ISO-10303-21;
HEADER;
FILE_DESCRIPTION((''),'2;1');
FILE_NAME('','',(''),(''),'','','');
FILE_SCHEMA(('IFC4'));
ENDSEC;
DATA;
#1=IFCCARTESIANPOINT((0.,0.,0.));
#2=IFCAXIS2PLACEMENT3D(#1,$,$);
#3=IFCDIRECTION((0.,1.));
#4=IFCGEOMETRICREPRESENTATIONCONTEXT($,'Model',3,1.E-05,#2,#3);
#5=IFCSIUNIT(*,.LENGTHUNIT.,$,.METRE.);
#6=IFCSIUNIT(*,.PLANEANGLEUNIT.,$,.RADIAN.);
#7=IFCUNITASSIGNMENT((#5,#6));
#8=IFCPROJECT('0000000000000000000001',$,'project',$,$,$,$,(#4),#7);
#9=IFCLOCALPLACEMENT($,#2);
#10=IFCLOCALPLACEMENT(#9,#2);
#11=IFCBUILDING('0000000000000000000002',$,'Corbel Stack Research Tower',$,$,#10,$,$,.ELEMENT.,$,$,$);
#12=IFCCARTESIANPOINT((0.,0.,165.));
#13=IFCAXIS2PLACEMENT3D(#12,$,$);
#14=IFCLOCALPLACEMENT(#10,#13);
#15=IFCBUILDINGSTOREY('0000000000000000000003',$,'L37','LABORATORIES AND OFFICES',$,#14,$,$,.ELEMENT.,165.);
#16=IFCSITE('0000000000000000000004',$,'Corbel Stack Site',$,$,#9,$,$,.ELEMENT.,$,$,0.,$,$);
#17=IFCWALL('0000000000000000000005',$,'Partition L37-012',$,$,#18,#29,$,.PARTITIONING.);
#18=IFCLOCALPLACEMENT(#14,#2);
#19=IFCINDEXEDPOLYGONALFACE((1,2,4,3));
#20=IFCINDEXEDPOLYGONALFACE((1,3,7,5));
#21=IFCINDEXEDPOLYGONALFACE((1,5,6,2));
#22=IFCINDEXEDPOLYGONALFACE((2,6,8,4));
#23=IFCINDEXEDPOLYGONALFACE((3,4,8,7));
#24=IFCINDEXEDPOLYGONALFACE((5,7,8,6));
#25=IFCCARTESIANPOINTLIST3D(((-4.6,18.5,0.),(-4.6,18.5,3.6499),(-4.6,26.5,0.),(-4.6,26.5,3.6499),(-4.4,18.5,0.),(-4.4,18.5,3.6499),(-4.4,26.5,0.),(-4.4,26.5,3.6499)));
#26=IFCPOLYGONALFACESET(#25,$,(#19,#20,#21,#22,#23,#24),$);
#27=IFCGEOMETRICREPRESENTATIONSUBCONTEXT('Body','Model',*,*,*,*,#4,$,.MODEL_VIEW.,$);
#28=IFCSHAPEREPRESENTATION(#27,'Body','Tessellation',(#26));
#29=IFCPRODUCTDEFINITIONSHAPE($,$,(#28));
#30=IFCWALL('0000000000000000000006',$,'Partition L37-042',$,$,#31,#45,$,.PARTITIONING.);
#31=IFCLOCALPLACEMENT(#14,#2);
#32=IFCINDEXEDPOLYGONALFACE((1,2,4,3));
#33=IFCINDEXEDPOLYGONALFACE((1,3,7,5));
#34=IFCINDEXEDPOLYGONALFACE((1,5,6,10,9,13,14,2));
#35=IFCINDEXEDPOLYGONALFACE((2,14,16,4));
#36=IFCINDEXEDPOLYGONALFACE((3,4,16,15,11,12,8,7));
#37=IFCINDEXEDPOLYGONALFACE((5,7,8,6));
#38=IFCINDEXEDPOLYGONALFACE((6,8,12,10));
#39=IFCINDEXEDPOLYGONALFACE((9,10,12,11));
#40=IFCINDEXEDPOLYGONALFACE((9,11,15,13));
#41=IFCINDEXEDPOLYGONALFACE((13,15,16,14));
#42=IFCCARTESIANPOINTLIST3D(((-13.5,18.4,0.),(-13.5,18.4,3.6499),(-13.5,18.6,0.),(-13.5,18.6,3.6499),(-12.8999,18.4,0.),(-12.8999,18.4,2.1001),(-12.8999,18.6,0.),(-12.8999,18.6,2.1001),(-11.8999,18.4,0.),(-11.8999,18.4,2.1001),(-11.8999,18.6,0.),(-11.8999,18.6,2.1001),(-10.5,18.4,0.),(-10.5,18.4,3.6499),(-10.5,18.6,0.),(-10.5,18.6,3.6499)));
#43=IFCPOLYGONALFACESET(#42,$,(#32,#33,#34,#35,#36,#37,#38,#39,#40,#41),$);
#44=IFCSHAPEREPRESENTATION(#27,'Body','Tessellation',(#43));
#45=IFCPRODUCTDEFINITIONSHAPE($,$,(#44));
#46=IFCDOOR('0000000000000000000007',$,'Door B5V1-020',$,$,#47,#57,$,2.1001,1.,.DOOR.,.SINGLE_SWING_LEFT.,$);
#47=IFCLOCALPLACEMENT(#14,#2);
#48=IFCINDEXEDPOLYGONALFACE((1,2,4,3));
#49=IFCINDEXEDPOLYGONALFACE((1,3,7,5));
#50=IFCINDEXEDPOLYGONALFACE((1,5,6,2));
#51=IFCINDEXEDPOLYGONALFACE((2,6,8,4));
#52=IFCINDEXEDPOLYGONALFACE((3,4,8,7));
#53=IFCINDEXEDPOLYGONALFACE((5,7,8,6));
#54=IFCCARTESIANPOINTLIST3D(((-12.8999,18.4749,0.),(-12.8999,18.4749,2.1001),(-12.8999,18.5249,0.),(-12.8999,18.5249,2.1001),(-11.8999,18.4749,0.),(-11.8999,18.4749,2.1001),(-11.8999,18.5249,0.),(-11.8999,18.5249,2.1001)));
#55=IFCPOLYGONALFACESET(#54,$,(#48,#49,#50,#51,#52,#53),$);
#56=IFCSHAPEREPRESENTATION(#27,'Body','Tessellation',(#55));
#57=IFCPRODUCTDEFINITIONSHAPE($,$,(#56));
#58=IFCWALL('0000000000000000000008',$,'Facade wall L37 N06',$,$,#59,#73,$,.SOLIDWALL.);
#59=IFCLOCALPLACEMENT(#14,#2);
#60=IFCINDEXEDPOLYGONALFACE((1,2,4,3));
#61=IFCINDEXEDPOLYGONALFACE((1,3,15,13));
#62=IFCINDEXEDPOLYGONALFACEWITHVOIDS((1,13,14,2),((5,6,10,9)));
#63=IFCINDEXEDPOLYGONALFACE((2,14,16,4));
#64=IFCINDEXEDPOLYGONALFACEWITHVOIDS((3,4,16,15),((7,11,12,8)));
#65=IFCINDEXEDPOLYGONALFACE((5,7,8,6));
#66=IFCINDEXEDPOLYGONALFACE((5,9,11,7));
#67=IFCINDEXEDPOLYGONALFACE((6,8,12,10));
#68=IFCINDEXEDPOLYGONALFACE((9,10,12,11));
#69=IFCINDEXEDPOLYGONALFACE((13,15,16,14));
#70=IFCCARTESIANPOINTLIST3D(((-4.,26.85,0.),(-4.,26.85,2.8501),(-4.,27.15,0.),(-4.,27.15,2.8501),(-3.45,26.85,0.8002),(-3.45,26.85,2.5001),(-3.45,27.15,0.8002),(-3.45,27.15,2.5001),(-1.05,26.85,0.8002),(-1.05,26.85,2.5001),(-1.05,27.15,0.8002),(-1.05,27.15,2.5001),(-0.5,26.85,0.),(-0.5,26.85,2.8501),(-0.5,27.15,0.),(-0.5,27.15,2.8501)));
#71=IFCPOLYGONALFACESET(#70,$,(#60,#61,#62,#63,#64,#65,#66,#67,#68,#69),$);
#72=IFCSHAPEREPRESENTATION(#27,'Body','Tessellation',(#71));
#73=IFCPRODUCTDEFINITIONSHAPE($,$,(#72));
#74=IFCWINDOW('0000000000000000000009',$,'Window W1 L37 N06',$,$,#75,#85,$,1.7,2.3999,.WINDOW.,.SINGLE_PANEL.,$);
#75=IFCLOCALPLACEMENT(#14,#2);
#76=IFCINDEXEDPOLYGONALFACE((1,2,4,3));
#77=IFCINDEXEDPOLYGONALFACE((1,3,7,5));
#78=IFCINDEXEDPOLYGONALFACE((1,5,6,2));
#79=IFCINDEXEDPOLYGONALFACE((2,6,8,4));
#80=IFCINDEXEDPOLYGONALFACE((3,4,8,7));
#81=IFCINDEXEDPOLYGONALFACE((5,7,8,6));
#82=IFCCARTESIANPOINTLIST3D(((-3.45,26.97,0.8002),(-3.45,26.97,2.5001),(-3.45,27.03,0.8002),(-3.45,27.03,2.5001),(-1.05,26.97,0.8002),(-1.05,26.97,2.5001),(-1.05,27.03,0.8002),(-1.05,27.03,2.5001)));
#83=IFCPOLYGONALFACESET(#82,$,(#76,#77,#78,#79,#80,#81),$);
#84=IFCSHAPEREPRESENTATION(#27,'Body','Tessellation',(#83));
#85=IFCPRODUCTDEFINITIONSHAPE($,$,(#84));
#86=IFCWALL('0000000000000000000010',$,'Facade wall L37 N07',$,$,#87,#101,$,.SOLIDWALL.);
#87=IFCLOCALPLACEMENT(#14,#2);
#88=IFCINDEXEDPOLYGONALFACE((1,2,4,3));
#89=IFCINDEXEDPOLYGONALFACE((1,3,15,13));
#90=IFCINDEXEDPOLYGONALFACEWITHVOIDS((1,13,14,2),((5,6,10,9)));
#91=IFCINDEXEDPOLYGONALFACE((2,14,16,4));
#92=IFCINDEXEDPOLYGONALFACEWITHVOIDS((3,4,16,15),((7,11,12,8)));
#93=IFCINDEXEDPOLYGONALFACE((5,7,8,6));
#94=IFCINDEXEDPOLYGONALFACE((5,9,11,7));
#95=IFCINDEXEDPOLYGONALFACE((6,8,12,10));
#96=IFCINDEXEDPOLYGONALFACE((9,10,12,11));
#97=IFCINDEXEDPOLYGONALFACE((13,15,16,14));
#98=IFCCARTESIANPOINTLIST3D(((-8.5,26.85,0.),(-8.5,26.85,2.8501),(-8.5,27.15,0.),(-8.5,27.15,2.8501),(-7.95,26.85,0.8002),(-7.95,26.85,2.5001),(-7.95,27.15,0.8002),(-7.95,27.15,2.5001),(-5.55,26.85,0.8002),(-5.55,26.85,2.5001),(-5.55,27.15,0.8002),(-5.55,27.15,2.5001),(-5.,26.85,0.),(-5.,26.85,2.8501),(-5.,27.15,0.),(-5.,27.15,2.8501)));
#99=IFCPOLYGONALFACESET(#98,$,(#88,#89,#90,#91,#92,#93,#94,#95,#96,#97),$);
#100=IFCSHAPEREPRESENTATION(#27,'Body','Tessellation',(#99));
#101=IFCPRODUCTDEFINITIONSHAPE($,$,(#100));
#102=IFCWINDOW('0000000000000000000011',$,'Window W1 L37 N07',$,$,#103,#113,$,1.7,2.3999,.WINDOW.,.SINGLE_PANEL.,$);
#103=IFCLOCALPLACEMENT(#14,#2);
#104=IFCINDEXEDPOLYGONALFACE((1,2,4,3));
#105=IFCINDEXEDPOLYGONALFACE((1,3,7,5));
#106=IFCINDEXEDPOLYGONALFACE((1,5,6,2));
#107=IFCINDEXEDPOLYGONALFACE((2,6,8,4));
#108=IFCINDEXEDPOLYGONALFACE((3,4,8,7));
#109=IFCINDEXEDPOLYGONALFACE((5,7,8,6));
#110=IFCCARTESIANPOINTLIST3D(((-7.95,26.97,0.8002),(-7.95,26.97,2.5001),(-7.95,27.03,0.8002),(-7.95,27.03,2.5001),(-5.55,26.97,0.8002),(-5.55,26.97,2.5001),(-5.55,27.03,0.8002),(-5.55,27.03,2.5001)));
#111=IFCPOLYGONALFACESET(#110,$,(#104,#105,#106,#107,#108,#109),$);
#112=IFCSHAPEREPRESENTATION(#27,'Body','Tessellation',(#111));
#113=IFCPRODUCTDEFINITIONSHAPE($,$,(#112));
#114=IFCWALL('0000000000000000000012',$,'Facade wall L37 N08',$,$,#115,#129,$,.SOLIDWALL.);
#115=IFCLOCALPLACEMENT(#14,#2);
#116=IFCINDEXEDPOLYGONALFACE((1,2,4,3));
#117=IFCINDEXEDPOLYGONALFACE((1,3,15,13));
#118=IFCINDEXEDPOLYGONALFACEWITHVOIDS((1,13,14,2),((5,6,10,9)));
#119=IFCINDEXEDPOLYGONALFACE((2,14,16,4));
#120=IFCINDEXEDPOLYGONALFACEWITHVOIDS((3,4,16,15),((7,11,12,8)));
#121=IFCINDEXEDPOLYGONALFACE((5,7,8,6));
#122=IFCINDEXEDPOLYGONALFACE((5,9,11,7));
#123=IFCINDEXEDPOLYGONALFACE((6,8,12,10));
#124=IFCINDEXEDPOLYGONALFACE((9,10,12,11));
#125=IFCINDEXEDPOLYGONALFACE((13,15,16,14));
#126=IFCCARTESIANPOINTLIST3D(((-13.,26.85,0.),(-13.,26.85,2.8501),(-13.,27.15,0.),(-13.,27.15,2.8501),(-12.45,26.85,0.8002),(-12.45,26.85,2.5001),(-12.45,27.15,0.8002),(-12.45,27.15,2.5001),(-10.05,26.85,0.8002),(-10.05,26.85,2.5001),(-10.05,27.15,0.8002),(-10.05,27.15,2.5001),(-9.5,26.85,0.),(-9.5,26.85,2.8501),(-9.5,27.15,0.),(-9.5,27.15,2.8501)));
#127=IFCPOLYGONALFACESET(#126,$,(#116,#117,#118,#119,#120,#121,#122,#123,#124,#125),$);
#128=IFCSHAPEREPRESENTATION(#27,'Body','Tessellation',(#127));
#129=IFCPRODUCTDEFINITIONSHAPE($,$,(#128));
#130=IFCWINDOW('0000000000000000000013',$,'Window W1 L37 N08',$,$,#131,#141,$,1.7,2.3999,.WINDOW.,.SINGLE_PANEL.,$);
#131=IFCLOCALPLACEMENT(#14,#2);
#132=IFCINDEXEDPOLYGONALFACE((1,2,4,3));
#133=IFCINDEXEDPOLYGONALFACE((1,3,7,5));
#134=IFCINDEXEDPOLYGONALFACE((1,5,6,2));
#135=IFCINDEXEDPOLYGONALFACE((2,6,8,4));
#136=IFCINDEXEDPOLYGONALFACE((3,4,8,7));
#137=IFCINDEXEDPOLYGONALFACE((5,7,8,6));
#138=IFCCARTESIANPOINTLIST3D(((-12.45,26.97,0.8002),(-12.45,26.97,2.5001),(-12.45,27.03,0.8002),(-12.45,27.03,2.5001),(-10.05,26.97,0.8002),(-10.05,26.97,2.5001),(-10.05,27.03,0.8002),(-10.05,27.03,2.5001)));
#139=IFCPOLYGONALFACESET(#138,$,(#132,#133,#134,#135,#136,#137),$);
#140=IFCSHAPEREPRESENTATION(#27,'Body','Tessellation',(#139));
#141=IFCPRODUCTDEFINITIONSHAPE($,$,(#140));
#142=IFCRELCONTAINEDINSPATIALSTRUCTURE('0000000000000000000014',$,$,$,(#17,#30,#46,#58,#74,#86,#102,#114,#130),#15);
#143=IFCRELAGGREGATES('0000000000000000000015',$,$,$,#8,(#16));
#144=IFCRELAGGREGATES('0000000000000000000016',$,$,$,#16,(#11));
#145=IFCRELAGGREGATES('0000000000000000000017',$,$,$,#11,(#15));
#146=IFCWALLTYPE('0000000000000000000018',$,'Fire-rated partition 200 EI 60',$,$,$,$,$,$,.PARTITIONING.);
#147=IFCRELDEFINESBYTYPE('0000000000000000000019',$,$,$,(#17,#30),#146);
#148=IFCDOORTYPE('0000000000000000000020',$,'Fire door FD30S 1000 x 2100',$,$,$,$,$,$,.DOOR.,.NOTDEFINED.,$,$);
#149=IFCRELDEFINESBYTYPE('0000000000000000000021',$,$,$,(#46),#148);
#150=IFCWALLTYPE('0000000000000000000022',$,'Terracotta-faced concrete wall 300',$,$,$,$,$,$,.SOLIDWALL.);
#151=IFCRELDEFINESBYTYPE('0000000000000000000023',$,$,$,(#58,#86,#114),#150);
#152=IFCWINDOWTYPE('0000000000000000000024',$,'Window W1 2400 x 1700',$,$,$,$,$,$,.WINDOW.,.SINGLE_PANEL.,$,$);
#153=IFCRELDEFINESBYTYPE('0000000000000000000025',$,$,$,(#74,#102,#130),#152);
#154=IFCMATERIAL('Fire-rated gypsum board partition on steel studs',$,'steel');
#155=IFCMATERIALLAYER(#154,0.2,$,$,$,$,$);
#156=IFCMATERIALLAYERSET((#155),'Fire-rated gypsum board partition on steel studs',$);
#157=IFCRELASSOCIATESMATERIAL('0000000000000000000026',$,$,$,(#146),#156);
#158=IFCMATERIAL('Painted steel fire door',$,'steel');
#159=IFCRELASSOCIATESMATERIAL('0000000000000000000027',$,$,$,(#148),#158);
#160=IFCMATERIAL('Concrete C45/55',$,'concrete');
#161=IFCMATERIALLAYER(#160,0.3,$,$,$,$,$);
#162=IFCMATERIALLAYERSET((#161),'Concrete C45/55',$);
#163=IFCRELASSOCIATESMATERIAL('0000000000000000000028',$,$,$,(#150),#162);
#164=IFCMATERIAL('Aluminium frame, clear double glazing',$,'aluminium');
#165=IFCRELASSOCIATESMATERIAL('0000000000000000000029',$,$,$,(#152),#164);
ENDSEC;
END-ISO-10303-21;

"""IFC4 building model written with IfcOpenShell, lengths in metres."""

from ifc_helpers import new_model, si_unit, direction, frame, frame_2d, origin, place, context, subcontext, project, spatial, rectangle, extrude, material, layer, layer_set, type_object, element, fill, save


model = new_model("IFC4")

# Units and contexts
model_context = context("Model", 3, precision=1e-05, world=origin(), true_north=direction((0.0, 1.0)))
body_context = subcontext(model_context, "Body", "Model", "MODEL_VIEW")
ifc_project = project(units=[si_unit("LENGTHUNIT", "METRE"), si_unit("PLANEANGLEUNIT", "RADIAN")], contexts=[model_context])

# Site, building, storey
site_placement = place(None, origin())
site = spatial("IfcSite", under=ifc_project, at=site_placement, Name="Corbel Stack Site", CompositionType="ELEMENT", RefElevation=0.0)
building_placement = place(site_placement, origin())
building = spatial("IfcBuilding", under=site, at=building_placement, Name="Corbel Stack Research Tower", CompositionType="ELEMENT")
storey_placement = place(building_placement, frame((0.0, 0.0, 165.0)))
storey = spatial("IfcBuildingStorey", under=building, at=storey_placement, Name="L37", Description="LABORATORIES AND OFFICES", CompositionType="ELEMENT", Elevation=165.0)

# Wall
ifc_material_1 = material(Name="Fire-rated gypsum board partition on steel studs", Category="steel")
ifc_layer_1 = layer(ifc_material_1, 0.2)
ifc_layer_set_1 = layer_set([ifc_layer_1], Name="Fire-rated gypsum board partition on steel studs")
wall_type_1 = type_object("IfcWallType", Name="Fire-rated partition 200 EI 60", PredefinedType="PARTITIONING", material=ifc_layer_set_1)
wall_1_placement = place(storey_placement, frame((-4.5, 18.5, 0.0), z_axis=(0.0, 0.0, 1.0), x_axis=(0.0, 1.0, 0.0)))
element("IfcWall", 1, at=wall_1_placement, inside=storey, type_object=wall_type_1, Name="Partition L37-012", PredefinedType="PARTITIONING", context=body_context, shape_type="SweptSolid", body=[
    extrude(rectangle(XDim=8.0, YDim=0.2, at=frame_2d((4.0, 0.0))), origin(), (0.0, 0.0, 1.0), 3.6499),
])

# Wall, opening, door
wall_2_placement = place(storey_placement, frame((-13.5, 18.5, 0.0), z_axis=(0.0, 0.0, 1.0), x_axis=(1.0, 0.0, 0.0)))
wall_2 = element("IfcWall", 2, at=wall_2_placement, inside=storey, type_object=wall_type_1, Name="Partition L37-042", PredefinedType="PARTITIONING", context=body_context, shape_type="SweptSolid", body=[
    extrude(rectangle(XDim=3.0, YDim=0.2, at=frame_2d((1.5, 0.0))), origin(), (0.0, 0.0, 1.0), 3.6499),
])
opening_1_placement = place(wall_2_placement, frame((0.6001, 0.0, 0.0)))
opening_1 = element("IfcOpeningElement", 3, at=opening_1_placement, cuts=wall_2, PredefinedType="OPENING", context=body_context, shape_type="SweptSolid", body=[
    extrude(rectangle(XDim=1.0, YDim=2.1001, at=frame_2d((0.5, 1.05))), frame((0.0, 0.1099, 0.0), z_axis=(0.0, -1.0, 0.0), x_axis=(1.0, 0.0, 0.0)), (0.0, 0.0, 1.0), 0.22),
])
ifc_material_2 = material(Name="Painted steel fire door", Category="steel")
door_type_1 = type_object("IfcDoorType", Name="Fire door FD30S 1000 x 2100", OperationType="NOTDEFINED", PredefinedType="DOOR", material=ifc_material_2)
door_1_placement = place(opening_1_placement, origin())
door_1 = element("IfcDoor", 4, at=door_1_placement, inside=storey, type_object=door_type_1, Name="Door B5V1-020", OperationType="SINGLE_SWING_LEFT", OverallHeight=2.1001, OverallWidth=1.0, PredefinedType="DOOR", context=body_context, shape_type="SweptSolid", body=[
    extrude(rectangle(XDim=1.0, YDim=2.1001, at=frame_2d((0.5, 1.05))), frame((0.0, 0.0249, 0.0), z_axis=(0.0, -1.0, 0.0), x_axis=(1.0, 0.0, 0.0)), (0.0, 0.0, 1.0), 0.05),
])
fill(opening_1, door_1)

# Walls, openings, windows
ifc_material_3 = material(Name="Concrete C45/55", Category="concrete")
ifc_layer_2 = layer(ifc_material_3, 0.3)
ifc_layer_set_2 = layer_set([ifc_layer_2], Name="Concrete C45/55")
wall_type_2 = type_object("IfcWallType", Name="Terracotta-faced concrete wall 300", PredefinedType="SOLIDWALL", material=ifc_layer_set_2)
wall_3_placement = place(storey_placement, frame((-4.0, 27.0, 0.0), z_axis=(0.0, 0.0, 1.0), x_axis=(1.0, 0.0, 0.0)))
wall_3 = element("IfcWall", 5, at=wall_3_placement, inside=storey, type_object=wall_type_2, Name="Facade wall L37 N06", PredefinedType="SOLIDWALL", context=body_context, shape_type="SweptSolid", body=[
    extrude(rectangle(XDim=3.5, YDim=0.3, at=frame_2d((1.75, 0.0))), origin(), (0.0, 0.0, 1.0), 2.8501),
])
opening_2_placement = place(wall_3_placement, frame((0.55, 0.0, 0.8)))
opening_2 = element("IfcOpeningElement", 6, at=opening_2_placement, cuts=wall_3, PredefinedType="OPENING", context=body_context, shape_type="SweptSolid", body=[
    extrude(rectangle(XDim=2.3999, YDim=1.7, at=frame_2d((1.2, 0.8501))), frame((0.0, 0.1599, 0.0), z_axis=(0.0, -1.0, 0.0), x_axis=(1.0, 0.0, 0.0)), (0.0, 0.0, 1.0), 0.3201),
])
ifc_material_4 = material(Name="Aluminium frame, clear double glazing", Category="aluminium")
window_type = type_object("IfcWindowType", Name="Window W1 2400 x 1700", PartitioningType="SINGLE_PANEL", PredefinedType="WINDOW", material=ifc_material_4)
window_1_placement = place(opening_2_placement, origin())
window_1 = element("IfcWindow", 7, at=window_1_placement, inside=storey, type_object=window_type, Name="Window W1 L37 N06", OverallHeight=1.7, OverallWidth=2.3999, PartitioningType="SINGLE_PANEL", PredefinedType="WINDOW", context=body_context, shape_type="SweptSolid", body=[
    extrude(rectangle(XDim=2.3999, YDim=1.7, at=frame_2d((1.2, 0.8501))), frame((0.0, 0.03, 0.0), z_axis=(0.0, -1.0, 0.0), x_axis=(1.0, 0.0, 0.0)), (0.0, 0.0, 1.0), 0.0601),
])
fill(opening_2, window_1)
wall_4_placement = place(storey_placement, frame((-8.5, 27.0, 0.0), z_axis=(0.0, 0.0, 1.0), x_axis=(1.0, 0.0, 0.0)))
wall_4 = element("IfcWall", 8, at=wall_4_placement, inside=storey, type_object=wall_type_2, Name="Facade wall L37 N07", PredefinedType="SOLIDWALL", context=body_context, shape_type="SweptSolid", body=[
    extrude(rectangle(XDim=3.5, YDim=0.3, at=frame_2d((1.75, 0.0))), origin(), (0.0, 0.0, 1.0), 2.8501),
])
opening_3_placement = place(wall_4_placement, frame((0.55, 0.0, 0.8)))
opening_3 = element("IfcOpeningElement", 9, at=opening_3_placement, cuts=wall_4, PredefinedType="OPENING", context=body_context, shape_type="SweptSolid", body=[
    extrude(rectangle(XDim=2.3999, YDim=1.7, at=frame_2d((1.2, 0.8501))), frame((0.0, 0.1599, 0.0), z_axis=(0.0, -1.0, 0.0), x_axis=(1.0, 0.0, 0.0)), (0.0, 0.0, 1.0), 0.3201),
])
window_2_placement = place(opening_3_placement, origin())
window_2 = element("IfcWindow", 10, at=window_2_placement, inside=storey, type_object=window_type, Name="Window W1 L37 N07", OverallHeight=1.7, OverallWidth=2.3999, PartitioningType="SINGLE_PANEL", PredefinedType="WINDOW", context=body_context, shape_type="SweptSolid", body=[
    extrude(rectangle(XDim=2.3999, YDim=1.7, at=frame_2d((1.2, 0.8501))), frame((0.0, 0.03, 0.0), z_axis=(0.0, -1.0, 0.0), x_axis=(1.0, 0.0, 0.0)), (0.0, 0.0, 1.0), 0.0601),
])
fill(opening_3, window_2)
wall_5_placement = place(storey_placement, frame((-13.0, 27.0, 0.0), z_axis=(0.0, 0.0, 1.0), x_axis=(1.0, 0.0, 0.0)))
wall_5 = element("IfcWall", 11, at=wall_5_placement, inside=storey, type_object=wall_type_2, Name="Facade wall L37 N08", PredefinedType="SOLIDWALL", context=body_context, shape_type="SweptSolid", body=[
    extrude(rectangle(XDim=3.5, YDim=0.3, at=frame_2d((1.75, 0.0))), origin(), (0.0, 0.0, 1.0), 2.8501),
])
opening_4_placement = place(wall_5_placement, frame((0.55, 0.0, 0.8)))
opening_4 = element("IfcOpeningElement", 12, at=opening_4_placement, cuts=wall_5, PredefinedType="OPENING", context=body_context, shape_type="SweptSolid", body=[
    extrude(rectangle(XDim=2.3999, YDim=1.7, at=frame_2d((1.2, 0.8501))), frame((0.0, 0.1599, 0.0), z_axis=(0.0, -1.0, 0.0), x_axis=(1.0, 0.0, 0.0)), (0.0, 0.0, 1.0), 0.3201),
])
window_3_placement = place(opening_4_placement, origin())
window_3 = element("IfcWindow", 13, at=window_3_placement, inside=storey, type_object=window_type, Name="Window W1 L37 N08", OverallHeight=1.7, OverallWidth=2.3999, PartitioningType="SINGLE_PANEL", PredefinedType="WINDOW", context=body_context, shape_type="SweptSolid", body=[
    extrude(rectangle(XDim=2.3999, YDim=1.7, at=frame_2d((1.2, 0.8501))), frame((0.0, 0.03, 0.0), z_axis=(0.0, -1.0, 0.0), x_axis=(1.0, 0.0, 0.0)), (0.0, 0.0, 1.0), 0.0601),
])
fill(opening_4, window_3)

save(model, "model.ifc")
